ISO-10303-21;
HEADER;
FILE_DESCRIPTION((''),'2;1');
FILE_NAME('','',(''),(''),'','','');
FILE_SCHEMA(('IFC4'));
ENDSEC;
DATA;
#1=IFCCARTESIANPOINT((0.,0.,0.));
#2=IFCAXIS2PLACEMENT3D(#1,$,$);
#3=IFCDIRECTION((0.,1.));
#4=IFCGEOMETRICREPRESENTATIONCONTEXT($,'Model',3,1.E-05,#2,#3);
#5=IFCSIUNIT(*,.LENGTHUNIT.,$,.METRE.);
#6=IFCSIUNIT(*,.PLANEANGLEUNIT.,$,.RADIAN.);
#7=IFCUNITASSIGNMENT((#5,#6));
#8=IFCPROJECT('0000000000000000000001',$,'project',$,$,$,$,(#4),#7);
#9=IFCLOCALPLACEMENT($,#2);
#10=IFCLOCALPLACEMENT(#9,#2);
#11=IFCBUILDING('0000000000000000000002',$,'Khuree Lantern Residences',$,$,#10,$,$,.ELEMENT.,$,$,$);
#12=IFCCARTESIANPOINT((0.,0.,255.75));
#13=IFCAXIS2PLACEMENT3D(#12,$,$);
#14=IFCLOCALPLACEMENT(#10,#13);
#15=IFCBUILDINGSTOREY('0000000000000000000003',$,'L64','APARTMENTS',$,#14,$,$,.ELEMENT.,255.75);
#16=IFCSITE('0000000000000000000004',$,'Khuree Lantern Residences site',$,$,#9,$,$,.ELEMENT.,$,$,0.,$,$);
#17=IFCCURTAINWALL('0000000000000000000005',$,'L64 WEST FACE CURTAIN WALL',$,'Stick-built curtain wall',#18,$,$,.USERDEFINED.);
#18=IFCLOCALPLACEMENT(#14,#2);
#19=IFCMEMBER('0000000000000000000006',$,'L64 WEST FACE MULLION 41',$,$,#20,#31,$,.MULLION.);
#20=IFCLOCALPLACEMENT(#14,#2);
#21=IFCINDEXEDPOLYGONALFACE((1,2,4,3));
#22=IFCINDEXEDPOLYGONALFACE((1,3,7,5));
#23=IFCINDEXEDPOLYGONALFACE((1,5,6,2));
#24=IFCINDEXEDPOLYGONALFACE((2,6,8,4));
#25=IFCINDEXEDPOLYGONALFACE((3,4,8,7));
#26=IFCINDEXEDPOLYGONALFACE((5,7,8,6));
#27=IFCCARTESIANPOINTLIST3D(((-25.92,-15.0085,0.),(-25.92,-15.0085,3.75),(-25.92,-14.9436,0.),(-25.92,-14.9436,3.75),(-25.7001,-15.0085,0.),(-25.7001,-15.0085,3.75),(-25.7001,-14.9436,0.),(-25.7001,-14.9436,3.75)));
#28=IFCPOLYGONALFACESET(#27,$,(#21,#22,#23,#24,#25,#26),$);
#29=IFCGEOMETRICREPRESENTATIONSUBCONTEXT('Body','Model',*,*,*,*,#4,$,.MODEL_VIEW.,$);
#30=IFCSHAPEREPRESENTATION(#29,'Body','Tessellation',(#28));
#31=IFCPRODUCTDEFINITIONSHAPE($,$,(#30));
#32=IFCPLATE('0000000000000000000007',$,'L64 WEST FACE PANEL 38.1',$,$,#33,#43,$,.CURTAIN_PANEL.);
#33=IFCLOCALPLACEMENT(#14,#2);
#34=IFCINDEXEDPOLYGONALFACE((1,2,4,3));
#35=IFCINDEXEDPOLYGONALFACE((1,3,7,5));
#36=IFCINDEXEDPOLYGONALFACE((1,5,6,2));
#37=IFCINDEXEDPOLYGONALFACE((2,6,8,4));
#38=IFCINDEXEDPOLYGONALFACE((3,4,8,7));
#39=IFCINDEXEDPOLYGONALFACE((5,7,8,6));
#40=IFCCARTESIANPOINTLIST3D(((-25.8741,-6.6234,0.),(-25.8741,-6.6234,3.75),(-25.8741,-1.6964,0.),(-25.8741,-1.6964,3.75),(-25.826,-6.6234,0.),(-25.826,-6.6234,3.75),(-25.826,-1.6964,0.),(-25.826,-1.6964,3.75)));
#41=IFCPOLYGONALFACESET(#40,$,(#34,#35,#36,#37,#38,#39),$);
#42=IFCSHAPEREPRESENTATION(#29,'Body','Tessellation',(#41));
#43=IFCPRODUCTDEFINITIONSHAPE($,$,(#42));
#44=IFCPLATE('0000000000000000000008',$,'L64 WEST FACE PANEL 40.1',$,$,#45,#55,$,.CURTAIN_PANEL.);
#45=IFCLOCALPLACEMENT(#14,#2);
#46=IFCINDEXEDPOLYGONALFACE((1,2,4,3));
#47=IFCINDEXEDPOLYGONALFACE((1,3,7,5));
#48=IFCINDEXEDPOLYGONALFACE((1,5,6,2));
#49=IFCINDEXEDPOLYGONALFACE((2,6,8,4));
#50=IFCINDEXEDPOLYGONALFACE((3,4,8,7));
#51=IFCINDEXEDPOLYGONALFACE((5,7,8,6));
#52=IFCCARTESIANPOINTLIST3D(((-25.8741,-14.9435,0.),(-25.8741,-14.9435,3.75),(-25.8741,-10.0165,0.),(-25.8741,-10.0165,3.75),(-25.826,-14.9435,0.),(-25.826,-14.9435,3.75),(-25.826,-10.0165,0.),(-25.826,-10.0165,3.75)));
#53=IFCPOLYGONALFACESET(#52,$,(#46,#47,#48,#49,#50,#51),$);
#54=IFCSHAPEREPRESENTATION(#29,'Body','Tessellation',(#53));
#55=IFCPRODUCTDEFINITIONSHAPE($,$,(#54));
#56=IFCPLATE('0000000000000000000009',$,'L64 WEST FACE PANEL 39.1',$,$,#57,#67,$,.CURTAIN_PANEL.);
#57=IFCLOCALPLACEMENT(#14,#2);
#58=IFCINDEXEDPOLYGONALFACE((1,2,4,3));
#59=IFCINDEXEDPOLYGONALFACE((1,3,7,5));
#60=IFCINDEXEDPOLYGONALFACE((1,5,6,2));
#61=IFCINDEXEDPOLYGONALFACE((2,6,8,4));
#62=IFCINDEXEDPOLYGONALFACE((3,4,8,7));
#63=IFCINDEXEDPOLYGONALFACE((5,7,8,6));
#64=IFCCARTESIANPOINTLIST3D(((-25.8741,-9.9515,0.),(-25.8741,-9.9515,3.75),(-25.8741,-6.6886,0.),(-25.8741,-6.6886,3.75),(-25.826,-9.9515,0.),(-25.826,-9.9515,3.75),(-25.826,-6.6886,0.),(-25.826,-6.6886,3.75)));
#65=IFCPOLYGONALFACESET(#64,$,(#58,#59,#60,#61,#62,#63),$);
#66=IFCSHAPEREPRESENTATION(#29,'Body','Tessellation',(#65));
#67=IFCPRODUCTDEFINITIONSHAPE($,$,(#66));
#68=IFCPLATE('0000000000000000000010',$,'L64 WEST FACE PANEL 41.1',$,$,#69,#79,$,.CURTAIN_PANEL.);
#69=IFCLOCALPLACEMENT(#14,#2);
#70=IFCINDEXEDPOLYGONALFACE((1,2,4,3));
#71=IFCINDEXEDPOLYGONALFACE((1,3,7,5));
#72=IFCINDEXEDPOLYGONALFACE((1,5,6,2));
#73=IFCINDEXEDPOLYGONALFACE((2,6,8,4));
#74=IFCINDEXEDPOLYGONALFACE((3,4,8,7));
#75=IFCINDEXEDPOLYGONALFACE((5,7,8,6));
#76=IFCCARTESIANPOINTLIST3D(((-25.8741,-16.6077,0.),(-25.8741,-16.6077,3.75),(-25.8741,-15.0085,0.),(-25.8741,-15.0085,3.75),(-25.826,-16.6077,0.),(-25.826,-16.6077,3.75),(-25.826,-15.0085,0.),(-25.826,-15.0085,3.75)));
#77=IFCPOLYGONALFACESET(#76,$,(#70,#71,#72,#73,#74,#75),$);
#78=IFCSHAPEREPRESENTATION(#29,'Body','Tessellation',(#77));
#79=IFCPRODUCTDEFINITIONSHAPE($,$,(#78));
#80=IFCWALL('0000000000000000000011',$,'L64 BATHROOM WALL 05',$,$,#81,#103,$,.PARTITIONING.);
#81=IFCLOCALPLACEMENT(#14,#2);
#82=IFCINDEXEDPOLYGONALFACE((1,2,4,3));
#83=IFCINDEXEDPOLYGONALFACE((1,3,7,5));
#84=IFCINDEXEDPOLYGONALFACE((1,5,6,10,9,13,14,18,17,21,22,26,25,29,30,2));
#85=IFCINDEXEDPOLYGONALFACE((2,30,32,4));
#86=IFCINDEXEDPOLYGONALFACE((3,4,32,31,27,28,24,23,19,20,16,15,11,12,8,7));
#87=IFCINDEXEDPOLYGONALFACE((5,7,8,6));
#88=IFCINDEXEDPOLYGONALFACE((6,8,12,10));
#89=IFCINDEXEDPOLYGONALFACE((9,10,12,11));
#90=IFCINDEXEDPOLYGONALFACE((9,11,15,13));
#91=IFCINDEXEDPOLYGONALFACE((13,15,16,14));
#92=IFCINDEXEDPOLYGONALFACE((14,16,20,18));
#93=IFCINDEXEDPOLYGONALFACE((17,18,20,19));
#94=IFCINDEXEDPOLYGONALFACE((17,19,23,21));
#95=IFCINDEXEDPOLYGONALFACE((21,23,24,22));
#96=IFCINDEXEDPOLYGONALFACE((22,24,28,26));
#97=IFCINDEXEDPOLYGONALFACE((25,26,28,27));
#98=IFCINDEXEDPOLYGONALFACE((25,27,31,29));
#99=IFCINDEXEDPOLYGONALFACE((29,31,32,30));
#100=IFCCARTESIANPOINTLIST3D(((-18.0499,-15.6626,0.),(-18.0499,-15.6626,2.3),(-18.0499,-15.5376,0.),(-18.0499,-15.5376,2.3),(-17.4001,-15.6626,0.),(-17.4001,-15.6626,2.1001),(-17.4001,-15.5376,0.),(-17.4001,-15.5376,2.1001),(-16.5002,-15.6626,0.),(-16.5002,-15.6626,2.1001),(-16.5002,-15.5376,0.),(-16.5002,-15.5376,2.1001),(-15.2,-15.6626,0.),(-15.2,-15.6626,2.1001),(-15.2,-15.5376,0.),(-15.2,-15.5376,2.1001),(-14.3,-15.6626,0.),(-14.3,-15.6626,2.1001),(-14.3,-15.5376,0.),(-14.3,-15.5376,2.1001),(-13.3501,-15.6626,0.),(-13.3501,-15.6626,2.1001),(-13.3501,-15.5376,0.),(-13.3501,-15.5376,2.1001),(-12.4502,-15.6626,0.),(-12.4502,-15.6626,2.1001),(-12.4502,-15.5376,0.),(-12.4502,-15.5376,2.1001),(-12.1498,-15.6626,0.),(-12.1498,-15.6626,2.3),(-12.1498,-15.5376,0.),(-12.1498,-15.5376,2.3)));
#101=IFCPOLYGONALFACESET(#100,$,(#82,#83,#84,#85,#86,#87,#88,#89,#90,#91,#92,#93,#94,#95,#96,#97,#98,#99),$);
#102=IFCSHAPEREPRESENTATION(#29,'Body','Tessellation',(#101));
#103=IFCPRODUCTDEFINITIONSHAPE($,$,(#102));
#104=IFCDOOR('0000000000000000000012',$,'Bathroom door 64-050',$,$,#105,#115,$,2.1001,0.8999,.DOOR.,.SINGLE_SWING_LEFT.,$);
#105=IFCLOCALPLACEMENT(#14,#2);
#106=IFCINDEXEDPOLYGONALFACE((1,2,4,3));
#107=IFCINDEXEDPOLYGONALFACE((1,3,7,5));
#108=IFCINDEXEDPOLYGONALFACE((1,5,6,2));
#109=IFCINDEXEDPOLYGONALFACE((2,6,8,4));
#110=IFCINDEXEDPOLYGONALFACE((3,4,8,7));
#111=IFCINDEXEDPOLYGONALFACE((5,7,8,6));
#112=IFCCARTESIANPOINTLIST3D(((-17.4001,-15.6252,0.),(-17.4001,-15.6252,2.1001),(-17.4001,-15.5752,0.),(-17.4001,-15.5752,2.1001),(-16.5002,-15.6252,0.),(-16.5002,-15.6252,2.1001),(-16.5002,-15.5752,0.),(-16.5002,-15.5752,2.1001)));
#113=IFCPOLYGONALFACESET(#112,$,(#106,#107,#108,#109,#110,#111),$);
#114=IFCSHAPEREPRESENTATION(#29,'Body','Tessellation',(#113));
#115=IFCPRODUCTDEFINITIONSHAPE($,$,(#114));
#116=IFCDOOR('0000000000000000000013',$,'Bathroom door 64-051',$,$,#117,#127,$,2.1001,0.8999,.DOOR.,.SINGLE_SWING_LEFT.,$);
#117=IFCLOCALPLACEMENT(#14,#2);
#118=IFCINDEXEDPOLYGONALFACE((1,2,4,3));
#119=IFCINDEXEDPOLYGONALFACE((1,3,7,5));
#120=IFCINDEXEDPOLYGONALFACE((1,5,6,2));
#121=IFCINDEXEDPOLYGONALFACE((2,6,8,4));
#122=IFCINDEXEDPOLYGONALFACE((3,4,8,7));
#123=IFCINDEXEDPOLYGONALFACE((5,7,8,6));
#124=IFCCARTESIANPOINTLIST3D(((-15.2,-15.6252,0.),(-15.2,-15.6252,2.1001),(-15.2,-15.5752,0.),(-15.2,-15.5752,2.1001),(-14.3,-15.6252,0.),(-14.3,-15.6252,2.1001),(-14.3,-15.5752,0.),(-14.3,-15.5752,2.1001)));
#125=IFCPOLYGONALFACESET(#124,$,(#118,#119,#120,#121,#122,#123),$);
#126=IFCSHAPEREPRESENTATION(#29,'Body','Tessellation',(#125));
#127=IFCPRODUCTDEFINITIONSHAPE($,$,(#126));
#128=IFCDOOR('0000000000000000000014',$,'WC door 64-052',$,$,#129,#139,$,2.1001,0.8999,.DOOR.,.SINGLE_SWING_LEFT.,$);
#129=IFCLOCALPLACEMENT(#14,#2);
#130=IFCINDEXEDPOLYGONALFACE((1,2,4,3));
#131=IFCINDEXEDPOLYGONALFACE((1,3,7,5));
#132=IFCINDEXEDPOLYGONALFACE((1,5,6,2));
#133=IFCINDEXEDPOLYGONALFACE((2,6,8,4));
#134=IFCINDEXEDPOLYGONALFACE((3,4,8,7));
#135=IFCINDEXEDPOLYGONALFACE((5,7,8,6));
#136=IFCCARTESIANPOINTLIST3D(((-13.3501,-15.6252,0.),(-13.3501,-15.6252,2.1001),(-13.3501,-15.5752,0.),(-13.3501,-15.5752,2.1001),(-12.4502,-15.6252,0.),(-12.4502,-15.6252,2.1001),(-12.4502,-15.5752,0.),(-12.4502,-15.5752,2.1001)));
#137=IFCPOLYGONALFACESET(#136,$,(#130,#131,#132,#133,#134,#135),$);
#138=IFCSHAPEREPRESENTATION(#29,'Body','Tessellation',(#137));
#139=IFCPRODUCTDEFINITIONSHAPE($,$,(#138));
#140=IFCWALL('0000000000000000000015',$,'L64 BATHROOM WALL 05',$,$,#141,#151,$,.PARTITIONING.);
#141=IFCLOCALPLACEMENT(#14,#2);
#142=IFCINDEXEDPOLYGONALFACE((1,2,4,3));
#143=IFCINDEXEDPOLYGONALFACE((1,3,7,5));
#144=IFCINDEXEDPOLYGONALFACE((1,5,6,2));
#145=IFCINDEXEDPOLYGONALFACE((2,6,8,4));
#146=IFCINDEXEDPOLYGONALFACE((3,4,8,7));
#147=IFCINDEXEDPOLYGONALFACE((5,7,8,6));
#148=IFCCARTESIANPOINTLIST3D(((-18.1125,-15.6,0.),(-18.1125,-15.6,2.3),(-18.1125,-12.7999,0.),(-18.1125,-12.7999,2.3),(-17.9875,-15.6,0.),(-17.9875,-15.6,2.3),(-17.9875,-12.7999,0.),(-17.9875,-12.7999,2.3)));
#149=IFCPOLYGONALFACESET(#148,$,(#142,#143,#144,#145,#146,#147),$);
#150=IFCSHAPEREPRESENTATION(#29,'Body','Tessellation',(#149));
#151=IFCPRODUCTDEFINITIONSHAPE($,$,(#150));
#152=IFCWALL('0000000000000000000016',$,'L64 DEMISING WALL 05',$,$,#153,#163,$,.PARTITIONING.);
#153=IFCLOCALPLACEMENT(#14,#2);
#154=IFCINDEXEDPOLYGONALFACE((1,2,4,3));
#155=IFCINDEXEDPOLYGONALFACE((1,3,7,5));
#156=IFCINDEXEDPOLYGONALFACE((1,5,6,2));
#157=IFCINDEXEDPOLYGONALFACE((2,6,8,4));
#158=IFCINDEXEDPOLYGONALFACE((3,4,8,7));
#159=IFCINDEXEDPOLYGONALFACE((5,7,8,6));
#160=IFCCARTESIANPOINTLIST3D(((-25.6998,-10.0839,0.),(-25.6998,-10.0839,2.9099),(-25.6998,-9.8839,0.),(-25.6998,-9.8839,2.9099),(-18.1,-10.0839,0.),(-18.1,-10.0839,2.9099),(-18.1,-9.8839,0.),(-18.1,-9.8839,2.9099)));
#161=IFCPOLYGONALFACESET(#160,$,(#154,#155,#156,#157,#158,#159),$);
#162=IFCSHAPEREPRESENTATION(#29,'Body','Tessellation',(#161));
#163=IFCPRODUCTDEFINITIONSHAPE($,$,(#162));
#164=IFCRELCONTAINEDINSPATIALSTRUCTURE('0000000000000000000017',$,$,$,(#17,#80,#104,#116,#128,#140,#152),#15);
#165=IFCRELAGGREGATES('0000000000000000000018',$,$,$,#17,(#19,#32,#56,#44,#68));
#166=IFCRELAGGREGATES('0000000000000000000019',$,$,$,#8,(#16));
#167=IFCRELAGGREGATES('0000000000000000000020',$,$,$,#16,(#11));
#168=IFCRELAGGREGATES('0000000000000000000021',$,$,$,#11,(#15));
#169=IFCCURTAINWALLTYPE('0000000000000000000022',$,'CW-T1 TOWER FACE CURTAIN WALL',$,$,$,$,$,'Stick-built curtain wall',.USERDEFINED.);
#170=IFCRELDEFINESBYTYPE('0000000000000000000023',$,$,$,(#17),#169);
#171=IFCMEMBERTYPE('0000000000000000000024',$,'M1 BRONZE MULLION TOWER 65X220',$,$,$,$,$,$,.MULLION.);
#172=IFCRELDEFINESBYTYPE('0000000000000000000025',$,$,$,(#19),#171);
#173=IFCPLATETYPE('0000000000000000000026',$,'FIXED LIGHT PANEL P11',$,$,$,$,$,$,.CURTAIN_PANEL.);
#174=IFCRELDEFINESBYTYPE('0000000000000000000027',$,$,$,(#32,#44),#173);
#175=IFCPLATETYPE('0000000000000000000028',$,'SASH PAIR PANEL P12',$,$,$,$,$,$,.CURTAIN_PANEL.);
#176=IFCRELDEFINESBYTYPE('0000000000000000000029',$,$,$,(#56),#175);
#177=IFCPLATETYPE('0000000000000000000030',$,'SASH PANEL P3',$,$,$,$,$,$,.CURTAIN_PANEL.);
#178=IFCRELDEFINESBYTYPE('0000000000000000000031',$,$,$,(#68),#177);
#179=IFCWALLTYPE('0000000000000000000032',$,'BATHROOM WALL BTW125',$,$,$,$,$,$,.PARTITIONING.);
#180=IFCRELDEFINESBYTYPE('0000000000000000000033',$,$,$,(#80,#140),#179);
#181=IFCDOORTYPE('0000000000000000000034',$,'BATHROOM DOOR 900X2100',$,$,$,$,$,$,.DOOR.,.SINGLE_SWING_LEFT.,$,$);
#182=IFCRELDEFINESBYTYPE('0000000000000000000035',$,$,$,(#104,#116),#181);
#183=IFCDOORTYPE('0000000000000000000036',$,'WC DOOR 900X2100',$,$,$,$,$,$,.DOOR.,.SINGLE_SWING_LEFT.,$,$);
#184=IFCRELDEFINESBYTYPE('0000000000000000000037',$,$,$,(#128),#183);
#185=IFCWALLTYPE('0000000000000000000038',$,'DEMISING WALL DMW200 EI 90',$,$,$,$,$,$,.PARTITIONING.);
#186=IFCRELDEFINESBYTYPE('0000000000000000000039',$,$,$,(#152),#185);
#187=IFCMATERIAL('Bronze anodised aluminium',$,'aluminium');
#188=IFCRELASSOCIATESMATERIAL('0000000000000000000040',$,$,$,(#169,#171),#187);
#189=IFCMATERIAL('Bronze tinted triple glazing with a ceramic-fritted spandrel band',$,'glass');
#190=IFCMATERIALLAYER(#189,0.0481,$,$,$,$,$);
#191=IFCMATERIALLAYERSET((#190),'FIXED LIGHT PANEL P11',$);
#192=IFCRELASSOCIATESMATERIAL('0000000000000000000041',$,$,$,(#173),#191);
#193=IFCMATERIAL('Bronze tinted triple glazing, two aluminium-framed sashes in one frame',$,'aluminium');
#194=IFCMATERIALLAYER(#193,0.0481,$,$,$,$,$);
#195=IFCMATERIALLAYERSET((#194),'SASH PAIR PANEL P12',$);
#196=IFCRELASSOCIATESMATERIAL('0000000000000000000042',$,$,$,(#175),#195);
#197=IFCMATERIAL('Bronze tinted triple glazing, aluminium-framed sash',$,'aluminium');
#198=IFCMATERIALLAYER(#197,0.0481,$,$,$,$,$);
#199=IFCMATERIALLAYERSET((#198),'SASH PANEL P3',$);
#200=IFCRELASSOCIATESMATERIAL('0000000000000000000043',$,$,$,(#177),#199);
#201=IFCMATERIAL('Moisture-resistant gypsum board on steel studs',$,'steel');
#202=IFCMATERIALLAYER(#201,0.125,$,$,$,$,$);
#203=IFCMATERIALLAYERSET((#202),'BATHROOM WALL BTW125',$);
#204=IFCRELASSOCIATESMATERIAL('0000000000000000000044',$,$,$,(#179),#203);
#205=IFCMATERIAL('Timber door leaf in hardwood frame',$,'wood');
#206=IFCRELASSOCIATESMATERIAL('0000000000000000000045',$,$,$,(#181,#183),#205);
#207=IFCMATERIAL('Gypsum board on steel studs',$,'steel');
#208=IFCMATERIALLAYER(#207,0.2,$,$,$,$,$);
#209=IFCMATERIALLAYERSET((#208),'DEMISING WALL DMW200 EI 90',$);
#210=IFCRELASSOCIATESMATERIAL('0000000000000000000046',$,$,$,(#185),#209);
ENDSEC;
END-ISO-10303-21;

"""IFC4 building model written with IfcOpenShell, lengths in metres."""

from ifc_helpers import new_model, si_unit, direction, frame, frame_2d, origin, origin_2d, place, context, subcontext, project, spatial, rectangle, extrude, material, layer, layer_set, material_profile, profile_set, type_object, element, fill, aggregate, save


model = new_model("IFC4")

# Units and contexts
model_context = context("Model", 3, precision=1e-05, world=origin(), true_north=direction((0.0, 1.0)))
body_context = subcontext(model_context, "Body", "Model", "MODEL_VIEW")
ifc_project = project(units=[si_unit("LENGTHUNIT", "METRE"), si_unit("PLANEANGLEUNIT", "RADIAN")], contexts=[model_context])

# Site, building, storey
site_placement = place(None, origin())
site = spatial("IfcSite", under=ifc_project, at=site_placement, Name="Khuree Lantern Residences site", CompositionType="ELEMENT", RefElevation=0.0)
building_placement = place(site_placement, origin())
building = spatial("IfcBuilding", under=site, at=building_placement, Name="Khuree Lantern Residences", CompositionType="ELEMENT")
storey_placement = place(building_placement, frame((0.0, 0.0, 255.75)))
storey = spatial("IfcBuildingStorey", under=building, at=storey_placement, Name="L64", Description="APARTMENTS", CompositionType="ELEMENT", Elevation=255.75)

# Curtain wall
ifc_material_1 = material(Name="Bronze anodised aluminium", Category="aluminium")
curtain_wall_type = type_object("IfcCurtainWallType", Name="CW-T1 TOWER FACE CURTAIN WALL", ElementType="Stick-built curtain wall", PredefinedType="USERDEFINED", material=ifc_material_1)
curtain_wall_placement = place(storey_placement, origin())
curtain_wall = element("IfcCurtainWall", 1, at=curtain_wall_placement, inside=storey, type_object=curtain_wall_type, Name="L64 WEST FACE CURTAIN WALL", ObjectType="Stick-built curtain wall", PredefinedType="USERDEFINED")

# Member
ifc_material_profile_1 = material_profile(ifc_material_1, rectangle(XDim=0.0649, YDim=0.22, at=origin_2d()), Name="M1 65X220")
ifc_profile_set_1 = profile_set([ifc_material_profile_1], Name="Bronze anodised aluminium")
member_type_1 = type_object("IfcMemberType", Name="M1 BRONZE MULLION TOWER 65X220", PredefinedType="MULLION", material=ifc_profile_set_1)
member_1_placement = place(storey_placement, frame((-25.8101, -14.9761, 0.0), z_axis=(0.0, 0.0, 1.0), x_axis=(0.0, -1.0, 0.0)))
member_1 = element("IfcMember", 2, at=member_1_placement, type_object=member_type_1, Name="L64 WEST FACE MULLION 41", PredefinedType="MULLION", context=body_context, shape_type="SweptSolid", body=[
    extrude(rectangle(XDim=0.0649, YDim=0.22, at=origin_2d()), origin(), (0.0, 0.0, 1.0), 3.75),
])

# Plates
ifc_material_2 = material(Name="Bronze tinted triple glazing with a ceramic-fritted spandrel band", Category="glass")
ifc_layer_1 = layer(ifc_material_2, 0.0481)
ifc_layer_set_1 = layer_set([ifc_layer_1], Name="FIXED LIGHT PANEL P11")
plate_type_1 = type_object("IfcPlateType", Name="FIXED LIGHT PANEL P11", PredefinedType="CURTAIN_PANEL", material=ifc_layer_set_1)
plate_1_placement = place(storey_placement, frame((-25.8501, -4.1599, 0.0), z_axis=(0.0, 0.0, 1.0), x_axis=(0.0, -1.0, 0.0)))
plate_1 = element("IfcPlate", 3, at=plate_1_placement, type_object=plate_type_1, Name="L64 WEST FACE PANEL 38.1", PredefinedType="CURTAIN_PANEL", context=body_context, shape_type="SweptSolid", body=[
    extrude(rectangle(XDim=4.927, YDim=0.0481, at=origin_2d()), origin(), (0.0, 0.0, 1.0), 3.75),
])
plate_2_placement = place(storey_placement, frame((-25.8501, -12.48, 0.0), z_axis=(0.0, 0.0, 1.0), x_axis=(0.0, -1.0, 0.0)))
plate_2 = element("IfcPlate", 4, at=plate_2_placement, type_object=plate_type_1, Name="L64 WEST FACE PANEL 40.1", PredefinedType="CURTAIN_PANEL", context=body_context, shape_type="SweptSolid", body=[
    extrude(rectangle(XDim=4.927, YDim=0.0481, at=origin_2d()), origin(), (0.0, 0.0, 1.0), 3.75),
])
ifc_material_3 = material(Name="Bronze tinted triple glazing, two aluminium-framed sashes in one frame", Category="aluminium")
ifc_layer_2 = layer(ifc_material_3, 0.0481)
ifc_layer_set_2 = layer_set([ifc_layer_2], Name="SASH PAIR PANEL P12")
plate_type_2 = type_object("IfcPlateType", Name="SASH PAIR PANEL P12", PredefinedType="CURTAIN_PANEL", material=ifc_layer_set_2)
plate_3_placement = place(storey_placement, frame((-25.8501, -8.3201, 0.0), z_axis=(0.0, 0.0, 1.0), x_axis=(0.0, -1.0, 0.0)))
plate_3 = element("IfcPlate", 5, at=plate_3_placement, type_object=plate_type_2, Name="L64 WEST FACE PANEL 39.1", PredefinedType="CURTAIN_PANEL", context=body_context, shape_type="SweptSolid", body=[
    extrude(rectangle(XDim=3.2629, YDim=0.0481, at=origin_2d()), origin(), (0.0, 0.0, 1.0), 3.75),
])
ifc_material_4 = material(Name="Bronze tinted triple glazing, aluminium-framed sash", Category="aluminium")
ifc_layer_3 = layer(ifc_material_4, 0.0481)
ifc_layer_set_3 = layer_set([ifc_layer_3], Name="SASH PANEL P3")
plate_type_3 = type_object("IfcPlateType", Name="SASH PANEL P3", PredefinedType="CURTAIN_PANEL", material=ifc_layer_set_3)
plate_4_placement = place(storey_placement, frame((-25.8501, -15.8081, 0.0), z_axis=(0.0, 0.0, 1.0), x_axis=(0.0, -1.0, 0.0)))
plate_4 = element("IfcPlate", 6, at=plate_4_placement, type_object=plate_type_3, Name="L64 WEST FACE PANEL 41.1", PredefinedType="CURTAIN_PANEL", context=body_context, shape_type="SweptSolid", body=[
    extrude(rectangle(XDim=1.5991, YDim=0.0481, at=origin_2d()), origin(), (0.0, 0.0, 1.0), 3.75),
])
aggregate(curtain_wall, [member_1, plate_1, plate_3, plate_2, plate_4])

# Wall, openings, doors
ifc_material_5 = material(Name="Moisture-resistant gypsum board on steel studs", Category="steel")
ifc_layer_4 = layer(ifc_material_5, 0.125)
ifc_layer_set_4 = layer_set([ifc_layer_4], Name="BATHROOM WALL BTW125")
wall_type_1 = type_object("IfcWallType", Name="BATHROOM WALL BTW125", PredefinedType="PARTITIONING", material=ifc_layer_set_4)
wall_1_placement = place(storey_placement, frame((-18.05, -15.6001, 0.0), z_axis=(0.0, 0.0, 1.0), x_axis=(1.0, 0.0, 0.0)))
wall_1 = element("IfcWall", 7, at=wall_1_placement, inside=storey, type_object=wall_type_1, Name="L64 BATHROOM WALL 05", PredefinedType="PARTITIONING", context=body_context, shape_type="SweptSolid", body=[
    extrude(rectangle(XDim=5.9001, YDim=0.125, at=frame_2d((2.9502, 0.0))), origin(), (0.0, 0.0, 1.0), 2.3),
])
opening_1_placement = place(wall_1_placement, frame((0.6499, 0.0, 0.0)))
opening_1 = element("IfcOpeningElement", 8, at=opening_1_placement, cuts=wall_1, PredefinedType="OPENING", context=body_context, shape_type="SweptSolid", body=[
    extrude(rectangle(XDim=0.8999, YDim=2.1001, at=frame_2d((0.45, 1.05))), frame((0.0, 0.0725, 0.0), z_axis=(0.0, -1.0, 0.0), x_axis=(1.0, 0.0, 0.0)), (0.0, 0.0, 1.0), 0.145),
])
opening_2_placement = place(wall_1_placement, frame((2.8501, 0.0, 0.0)))
opening_2 = element("IfcOpeningElement", 9, at=opening_2_placement, cuts=wall_1, PredefinedType="OPENING", context=body_context, shape_type="SweptSolid", body=[
    extrude(rectangle(XDim=0.8999, YDim=2.1001, at=frame_2d((0.45, 1.05))), frame((0.0, 0.0725, 0.0), z_axis=(0.0, -1.0, 0.0), x_axis=(1.0, 0.0, 0.0)), (0.0, 0.0, 1.0), 0.145),
])
opening_3_placement = place(wall_1_placement, frame((4.7, 0.0, 0.0)))
opening_3 = element("IfcOpeningElement", 10, at=opening_3_placement, cuts=wall_1, PredefinedType="OPENING", context=body_context, shape_type="SweptSolid", body=[
    extrude(rectangle(XDim=0.8999, YDim=2.1001, at=frame_2d((0.45, 1.05))), frame((0.0, 0.0725, 0.0), z_axis=(0.0, -1.0, 0.0), x_axis=(1.0, 0.0, 0.0)), (0.0, 0.0, 1.0), 0.145),
])
ifc_material_6 = material(Name="Timber door leaf in hardwood frame", Category="wood")
door_type_1 = type_object("IfcDoorType", Name="BATHROOM DOOR 900X2100", OperationType="SINGLE_SWING_LEFT", PredefinedType="DOOR", material=ifc_material_6)
door_1_placement = place(opening_1_placement, origin())
door_1 = element("IfcDoor", 11, at=door_1_placement, inside=storey, type_object=door_type_1, Name="Bathroom door 64-050", OperationType="SINGLE_SWING_LEFT", OverallHeight=2.1001, OverallWidth=0.8999, PredefinedType="DOOR", context=body_context, shape_type="SweptSolid", body=[
    extrude(rectangle(XDim=0.8999, YDim=2.1001, at=frame_2d((0.45, 1.05))), frame((0.0, 0.0249, 0.0), z_axis=(0.0, -1.0, 0.0), x_axis=(1.0, 0.0, 0.0)), (0.0, 0.0, 1.0), 0.05),
])
fill(opening_1, door_1)
door_2_placement = place(opening_2_placement, origin())
door_2 = element("IfcDoor", 12, at=door_2_placement, inside=storey, type_object=door_type_1, Name="Bathroom door 64-051", OperationType="SINGLE_SWING_LEFT", OverallHeight=2.1001, OverallWidth=0.8999, PredefinedType="DOOR", context=body_context, shape_type="SweptSolid", body=[
    extrude(rectangle(XDim=0.8999, YDim=2.1001, at=frame_2d((0.45, 1.05))), frame((0.0, 0.0249, 0.0), z_axis=(0.0, -1.0, 0.0), x_axis=(1.0, 0.0, 0.0)), (0.0, 0.0, 1.0), 0.05),
])
fill(opening_2, door_2)
door_type_2 = type_object("IfcDoorType", Name="WC DOOR 900X2100", OperationType="SINGLE_SWING_LEFT", PredefinedType="DOOR", material=ifc_material_6)
door_3_placement = place(opening_3_placement, origin())
door_3 = element("IfcDoor", 13, at=door_3_placement, inside=storey, type_object=door_type_2, Name="WC door 64-052", OperationType="SINGLE_SWING_LEFT", OverallHeight=2.1001, OverallWidth=0.8999, PredefinedType="DOOR", context=body_context, shape_type="SweptSolid", body=[
    extrude(rectangle(XDim=0.8999, YDim=2.1001, at=frame_2d((0.45, 1.05))), frame((0.0, 0.0249, 0.0), z_axis=(0.0, -1.0, 0.0), x_axis=(1.0, 0.0, 0.0)), (0.0, 0.0, 1.0), 0.05),
])
fill(opening_3, door_3)

# Walls
wall_2_placement = place(storey_placement, frame((-18.05, -12.8, 0.0), z_axis=(0.0, 0.0, 1.0), x_axis=(0.0, -1.0, 0.0)))
element("IfcWall", 14, at=wall_2_placement, inside=storey, type_object=wall_type_1, Name="L64 BATHROOM WALL 05", PredefinedType="PARTITIONING", context=body_context, shape_type="SweptSolid", body=[
    extrude(rectangle(XDim=2.8, YDim=0.125, at=frame_2d((1.3999, 0.0))), origin(), (0.0, 0.0, 1.0), 2.3),
])
ifc_material_7 = material(Name="Gypsum board on steel studs", Category="steel")
ifc_layer_5 = layer(ifc_material_7, 0.2)
ifc_layer_set_5 = layer_set([ifc_layer_5], Name="DEMISING WALL DMW200 EI 90")
wall_type_2 = type_object("IfcWallType", Name="DEMISING WALL DMW200 EI 90", PredefinedType="PARTITIONING", material=ifc_layer_set_5)
wall_3_placement = place(storey_placement, frame((-18.1001, -9.9839, 0.0), z_axis=(0.0, 0.0, 1.0), x_axis=(-1.0, 0.0, 0.0)))
element("IfcWall", 15, at=wall_3_placement, inside=storey, type_object=wall_type_2, Name="L64 DEMISING WALL 05", PredefinedType="PARTITIONING", context=body_context, shape_type="SweptSolid", body=[
    extrude(rectangle(XDim=7.5999, YDim=0.2, at=frame_2d((3.7998, 0.0))), origin(), (0.0, 0.0, 1.0), 2.9099),
])

save(model, "model.ifc")
